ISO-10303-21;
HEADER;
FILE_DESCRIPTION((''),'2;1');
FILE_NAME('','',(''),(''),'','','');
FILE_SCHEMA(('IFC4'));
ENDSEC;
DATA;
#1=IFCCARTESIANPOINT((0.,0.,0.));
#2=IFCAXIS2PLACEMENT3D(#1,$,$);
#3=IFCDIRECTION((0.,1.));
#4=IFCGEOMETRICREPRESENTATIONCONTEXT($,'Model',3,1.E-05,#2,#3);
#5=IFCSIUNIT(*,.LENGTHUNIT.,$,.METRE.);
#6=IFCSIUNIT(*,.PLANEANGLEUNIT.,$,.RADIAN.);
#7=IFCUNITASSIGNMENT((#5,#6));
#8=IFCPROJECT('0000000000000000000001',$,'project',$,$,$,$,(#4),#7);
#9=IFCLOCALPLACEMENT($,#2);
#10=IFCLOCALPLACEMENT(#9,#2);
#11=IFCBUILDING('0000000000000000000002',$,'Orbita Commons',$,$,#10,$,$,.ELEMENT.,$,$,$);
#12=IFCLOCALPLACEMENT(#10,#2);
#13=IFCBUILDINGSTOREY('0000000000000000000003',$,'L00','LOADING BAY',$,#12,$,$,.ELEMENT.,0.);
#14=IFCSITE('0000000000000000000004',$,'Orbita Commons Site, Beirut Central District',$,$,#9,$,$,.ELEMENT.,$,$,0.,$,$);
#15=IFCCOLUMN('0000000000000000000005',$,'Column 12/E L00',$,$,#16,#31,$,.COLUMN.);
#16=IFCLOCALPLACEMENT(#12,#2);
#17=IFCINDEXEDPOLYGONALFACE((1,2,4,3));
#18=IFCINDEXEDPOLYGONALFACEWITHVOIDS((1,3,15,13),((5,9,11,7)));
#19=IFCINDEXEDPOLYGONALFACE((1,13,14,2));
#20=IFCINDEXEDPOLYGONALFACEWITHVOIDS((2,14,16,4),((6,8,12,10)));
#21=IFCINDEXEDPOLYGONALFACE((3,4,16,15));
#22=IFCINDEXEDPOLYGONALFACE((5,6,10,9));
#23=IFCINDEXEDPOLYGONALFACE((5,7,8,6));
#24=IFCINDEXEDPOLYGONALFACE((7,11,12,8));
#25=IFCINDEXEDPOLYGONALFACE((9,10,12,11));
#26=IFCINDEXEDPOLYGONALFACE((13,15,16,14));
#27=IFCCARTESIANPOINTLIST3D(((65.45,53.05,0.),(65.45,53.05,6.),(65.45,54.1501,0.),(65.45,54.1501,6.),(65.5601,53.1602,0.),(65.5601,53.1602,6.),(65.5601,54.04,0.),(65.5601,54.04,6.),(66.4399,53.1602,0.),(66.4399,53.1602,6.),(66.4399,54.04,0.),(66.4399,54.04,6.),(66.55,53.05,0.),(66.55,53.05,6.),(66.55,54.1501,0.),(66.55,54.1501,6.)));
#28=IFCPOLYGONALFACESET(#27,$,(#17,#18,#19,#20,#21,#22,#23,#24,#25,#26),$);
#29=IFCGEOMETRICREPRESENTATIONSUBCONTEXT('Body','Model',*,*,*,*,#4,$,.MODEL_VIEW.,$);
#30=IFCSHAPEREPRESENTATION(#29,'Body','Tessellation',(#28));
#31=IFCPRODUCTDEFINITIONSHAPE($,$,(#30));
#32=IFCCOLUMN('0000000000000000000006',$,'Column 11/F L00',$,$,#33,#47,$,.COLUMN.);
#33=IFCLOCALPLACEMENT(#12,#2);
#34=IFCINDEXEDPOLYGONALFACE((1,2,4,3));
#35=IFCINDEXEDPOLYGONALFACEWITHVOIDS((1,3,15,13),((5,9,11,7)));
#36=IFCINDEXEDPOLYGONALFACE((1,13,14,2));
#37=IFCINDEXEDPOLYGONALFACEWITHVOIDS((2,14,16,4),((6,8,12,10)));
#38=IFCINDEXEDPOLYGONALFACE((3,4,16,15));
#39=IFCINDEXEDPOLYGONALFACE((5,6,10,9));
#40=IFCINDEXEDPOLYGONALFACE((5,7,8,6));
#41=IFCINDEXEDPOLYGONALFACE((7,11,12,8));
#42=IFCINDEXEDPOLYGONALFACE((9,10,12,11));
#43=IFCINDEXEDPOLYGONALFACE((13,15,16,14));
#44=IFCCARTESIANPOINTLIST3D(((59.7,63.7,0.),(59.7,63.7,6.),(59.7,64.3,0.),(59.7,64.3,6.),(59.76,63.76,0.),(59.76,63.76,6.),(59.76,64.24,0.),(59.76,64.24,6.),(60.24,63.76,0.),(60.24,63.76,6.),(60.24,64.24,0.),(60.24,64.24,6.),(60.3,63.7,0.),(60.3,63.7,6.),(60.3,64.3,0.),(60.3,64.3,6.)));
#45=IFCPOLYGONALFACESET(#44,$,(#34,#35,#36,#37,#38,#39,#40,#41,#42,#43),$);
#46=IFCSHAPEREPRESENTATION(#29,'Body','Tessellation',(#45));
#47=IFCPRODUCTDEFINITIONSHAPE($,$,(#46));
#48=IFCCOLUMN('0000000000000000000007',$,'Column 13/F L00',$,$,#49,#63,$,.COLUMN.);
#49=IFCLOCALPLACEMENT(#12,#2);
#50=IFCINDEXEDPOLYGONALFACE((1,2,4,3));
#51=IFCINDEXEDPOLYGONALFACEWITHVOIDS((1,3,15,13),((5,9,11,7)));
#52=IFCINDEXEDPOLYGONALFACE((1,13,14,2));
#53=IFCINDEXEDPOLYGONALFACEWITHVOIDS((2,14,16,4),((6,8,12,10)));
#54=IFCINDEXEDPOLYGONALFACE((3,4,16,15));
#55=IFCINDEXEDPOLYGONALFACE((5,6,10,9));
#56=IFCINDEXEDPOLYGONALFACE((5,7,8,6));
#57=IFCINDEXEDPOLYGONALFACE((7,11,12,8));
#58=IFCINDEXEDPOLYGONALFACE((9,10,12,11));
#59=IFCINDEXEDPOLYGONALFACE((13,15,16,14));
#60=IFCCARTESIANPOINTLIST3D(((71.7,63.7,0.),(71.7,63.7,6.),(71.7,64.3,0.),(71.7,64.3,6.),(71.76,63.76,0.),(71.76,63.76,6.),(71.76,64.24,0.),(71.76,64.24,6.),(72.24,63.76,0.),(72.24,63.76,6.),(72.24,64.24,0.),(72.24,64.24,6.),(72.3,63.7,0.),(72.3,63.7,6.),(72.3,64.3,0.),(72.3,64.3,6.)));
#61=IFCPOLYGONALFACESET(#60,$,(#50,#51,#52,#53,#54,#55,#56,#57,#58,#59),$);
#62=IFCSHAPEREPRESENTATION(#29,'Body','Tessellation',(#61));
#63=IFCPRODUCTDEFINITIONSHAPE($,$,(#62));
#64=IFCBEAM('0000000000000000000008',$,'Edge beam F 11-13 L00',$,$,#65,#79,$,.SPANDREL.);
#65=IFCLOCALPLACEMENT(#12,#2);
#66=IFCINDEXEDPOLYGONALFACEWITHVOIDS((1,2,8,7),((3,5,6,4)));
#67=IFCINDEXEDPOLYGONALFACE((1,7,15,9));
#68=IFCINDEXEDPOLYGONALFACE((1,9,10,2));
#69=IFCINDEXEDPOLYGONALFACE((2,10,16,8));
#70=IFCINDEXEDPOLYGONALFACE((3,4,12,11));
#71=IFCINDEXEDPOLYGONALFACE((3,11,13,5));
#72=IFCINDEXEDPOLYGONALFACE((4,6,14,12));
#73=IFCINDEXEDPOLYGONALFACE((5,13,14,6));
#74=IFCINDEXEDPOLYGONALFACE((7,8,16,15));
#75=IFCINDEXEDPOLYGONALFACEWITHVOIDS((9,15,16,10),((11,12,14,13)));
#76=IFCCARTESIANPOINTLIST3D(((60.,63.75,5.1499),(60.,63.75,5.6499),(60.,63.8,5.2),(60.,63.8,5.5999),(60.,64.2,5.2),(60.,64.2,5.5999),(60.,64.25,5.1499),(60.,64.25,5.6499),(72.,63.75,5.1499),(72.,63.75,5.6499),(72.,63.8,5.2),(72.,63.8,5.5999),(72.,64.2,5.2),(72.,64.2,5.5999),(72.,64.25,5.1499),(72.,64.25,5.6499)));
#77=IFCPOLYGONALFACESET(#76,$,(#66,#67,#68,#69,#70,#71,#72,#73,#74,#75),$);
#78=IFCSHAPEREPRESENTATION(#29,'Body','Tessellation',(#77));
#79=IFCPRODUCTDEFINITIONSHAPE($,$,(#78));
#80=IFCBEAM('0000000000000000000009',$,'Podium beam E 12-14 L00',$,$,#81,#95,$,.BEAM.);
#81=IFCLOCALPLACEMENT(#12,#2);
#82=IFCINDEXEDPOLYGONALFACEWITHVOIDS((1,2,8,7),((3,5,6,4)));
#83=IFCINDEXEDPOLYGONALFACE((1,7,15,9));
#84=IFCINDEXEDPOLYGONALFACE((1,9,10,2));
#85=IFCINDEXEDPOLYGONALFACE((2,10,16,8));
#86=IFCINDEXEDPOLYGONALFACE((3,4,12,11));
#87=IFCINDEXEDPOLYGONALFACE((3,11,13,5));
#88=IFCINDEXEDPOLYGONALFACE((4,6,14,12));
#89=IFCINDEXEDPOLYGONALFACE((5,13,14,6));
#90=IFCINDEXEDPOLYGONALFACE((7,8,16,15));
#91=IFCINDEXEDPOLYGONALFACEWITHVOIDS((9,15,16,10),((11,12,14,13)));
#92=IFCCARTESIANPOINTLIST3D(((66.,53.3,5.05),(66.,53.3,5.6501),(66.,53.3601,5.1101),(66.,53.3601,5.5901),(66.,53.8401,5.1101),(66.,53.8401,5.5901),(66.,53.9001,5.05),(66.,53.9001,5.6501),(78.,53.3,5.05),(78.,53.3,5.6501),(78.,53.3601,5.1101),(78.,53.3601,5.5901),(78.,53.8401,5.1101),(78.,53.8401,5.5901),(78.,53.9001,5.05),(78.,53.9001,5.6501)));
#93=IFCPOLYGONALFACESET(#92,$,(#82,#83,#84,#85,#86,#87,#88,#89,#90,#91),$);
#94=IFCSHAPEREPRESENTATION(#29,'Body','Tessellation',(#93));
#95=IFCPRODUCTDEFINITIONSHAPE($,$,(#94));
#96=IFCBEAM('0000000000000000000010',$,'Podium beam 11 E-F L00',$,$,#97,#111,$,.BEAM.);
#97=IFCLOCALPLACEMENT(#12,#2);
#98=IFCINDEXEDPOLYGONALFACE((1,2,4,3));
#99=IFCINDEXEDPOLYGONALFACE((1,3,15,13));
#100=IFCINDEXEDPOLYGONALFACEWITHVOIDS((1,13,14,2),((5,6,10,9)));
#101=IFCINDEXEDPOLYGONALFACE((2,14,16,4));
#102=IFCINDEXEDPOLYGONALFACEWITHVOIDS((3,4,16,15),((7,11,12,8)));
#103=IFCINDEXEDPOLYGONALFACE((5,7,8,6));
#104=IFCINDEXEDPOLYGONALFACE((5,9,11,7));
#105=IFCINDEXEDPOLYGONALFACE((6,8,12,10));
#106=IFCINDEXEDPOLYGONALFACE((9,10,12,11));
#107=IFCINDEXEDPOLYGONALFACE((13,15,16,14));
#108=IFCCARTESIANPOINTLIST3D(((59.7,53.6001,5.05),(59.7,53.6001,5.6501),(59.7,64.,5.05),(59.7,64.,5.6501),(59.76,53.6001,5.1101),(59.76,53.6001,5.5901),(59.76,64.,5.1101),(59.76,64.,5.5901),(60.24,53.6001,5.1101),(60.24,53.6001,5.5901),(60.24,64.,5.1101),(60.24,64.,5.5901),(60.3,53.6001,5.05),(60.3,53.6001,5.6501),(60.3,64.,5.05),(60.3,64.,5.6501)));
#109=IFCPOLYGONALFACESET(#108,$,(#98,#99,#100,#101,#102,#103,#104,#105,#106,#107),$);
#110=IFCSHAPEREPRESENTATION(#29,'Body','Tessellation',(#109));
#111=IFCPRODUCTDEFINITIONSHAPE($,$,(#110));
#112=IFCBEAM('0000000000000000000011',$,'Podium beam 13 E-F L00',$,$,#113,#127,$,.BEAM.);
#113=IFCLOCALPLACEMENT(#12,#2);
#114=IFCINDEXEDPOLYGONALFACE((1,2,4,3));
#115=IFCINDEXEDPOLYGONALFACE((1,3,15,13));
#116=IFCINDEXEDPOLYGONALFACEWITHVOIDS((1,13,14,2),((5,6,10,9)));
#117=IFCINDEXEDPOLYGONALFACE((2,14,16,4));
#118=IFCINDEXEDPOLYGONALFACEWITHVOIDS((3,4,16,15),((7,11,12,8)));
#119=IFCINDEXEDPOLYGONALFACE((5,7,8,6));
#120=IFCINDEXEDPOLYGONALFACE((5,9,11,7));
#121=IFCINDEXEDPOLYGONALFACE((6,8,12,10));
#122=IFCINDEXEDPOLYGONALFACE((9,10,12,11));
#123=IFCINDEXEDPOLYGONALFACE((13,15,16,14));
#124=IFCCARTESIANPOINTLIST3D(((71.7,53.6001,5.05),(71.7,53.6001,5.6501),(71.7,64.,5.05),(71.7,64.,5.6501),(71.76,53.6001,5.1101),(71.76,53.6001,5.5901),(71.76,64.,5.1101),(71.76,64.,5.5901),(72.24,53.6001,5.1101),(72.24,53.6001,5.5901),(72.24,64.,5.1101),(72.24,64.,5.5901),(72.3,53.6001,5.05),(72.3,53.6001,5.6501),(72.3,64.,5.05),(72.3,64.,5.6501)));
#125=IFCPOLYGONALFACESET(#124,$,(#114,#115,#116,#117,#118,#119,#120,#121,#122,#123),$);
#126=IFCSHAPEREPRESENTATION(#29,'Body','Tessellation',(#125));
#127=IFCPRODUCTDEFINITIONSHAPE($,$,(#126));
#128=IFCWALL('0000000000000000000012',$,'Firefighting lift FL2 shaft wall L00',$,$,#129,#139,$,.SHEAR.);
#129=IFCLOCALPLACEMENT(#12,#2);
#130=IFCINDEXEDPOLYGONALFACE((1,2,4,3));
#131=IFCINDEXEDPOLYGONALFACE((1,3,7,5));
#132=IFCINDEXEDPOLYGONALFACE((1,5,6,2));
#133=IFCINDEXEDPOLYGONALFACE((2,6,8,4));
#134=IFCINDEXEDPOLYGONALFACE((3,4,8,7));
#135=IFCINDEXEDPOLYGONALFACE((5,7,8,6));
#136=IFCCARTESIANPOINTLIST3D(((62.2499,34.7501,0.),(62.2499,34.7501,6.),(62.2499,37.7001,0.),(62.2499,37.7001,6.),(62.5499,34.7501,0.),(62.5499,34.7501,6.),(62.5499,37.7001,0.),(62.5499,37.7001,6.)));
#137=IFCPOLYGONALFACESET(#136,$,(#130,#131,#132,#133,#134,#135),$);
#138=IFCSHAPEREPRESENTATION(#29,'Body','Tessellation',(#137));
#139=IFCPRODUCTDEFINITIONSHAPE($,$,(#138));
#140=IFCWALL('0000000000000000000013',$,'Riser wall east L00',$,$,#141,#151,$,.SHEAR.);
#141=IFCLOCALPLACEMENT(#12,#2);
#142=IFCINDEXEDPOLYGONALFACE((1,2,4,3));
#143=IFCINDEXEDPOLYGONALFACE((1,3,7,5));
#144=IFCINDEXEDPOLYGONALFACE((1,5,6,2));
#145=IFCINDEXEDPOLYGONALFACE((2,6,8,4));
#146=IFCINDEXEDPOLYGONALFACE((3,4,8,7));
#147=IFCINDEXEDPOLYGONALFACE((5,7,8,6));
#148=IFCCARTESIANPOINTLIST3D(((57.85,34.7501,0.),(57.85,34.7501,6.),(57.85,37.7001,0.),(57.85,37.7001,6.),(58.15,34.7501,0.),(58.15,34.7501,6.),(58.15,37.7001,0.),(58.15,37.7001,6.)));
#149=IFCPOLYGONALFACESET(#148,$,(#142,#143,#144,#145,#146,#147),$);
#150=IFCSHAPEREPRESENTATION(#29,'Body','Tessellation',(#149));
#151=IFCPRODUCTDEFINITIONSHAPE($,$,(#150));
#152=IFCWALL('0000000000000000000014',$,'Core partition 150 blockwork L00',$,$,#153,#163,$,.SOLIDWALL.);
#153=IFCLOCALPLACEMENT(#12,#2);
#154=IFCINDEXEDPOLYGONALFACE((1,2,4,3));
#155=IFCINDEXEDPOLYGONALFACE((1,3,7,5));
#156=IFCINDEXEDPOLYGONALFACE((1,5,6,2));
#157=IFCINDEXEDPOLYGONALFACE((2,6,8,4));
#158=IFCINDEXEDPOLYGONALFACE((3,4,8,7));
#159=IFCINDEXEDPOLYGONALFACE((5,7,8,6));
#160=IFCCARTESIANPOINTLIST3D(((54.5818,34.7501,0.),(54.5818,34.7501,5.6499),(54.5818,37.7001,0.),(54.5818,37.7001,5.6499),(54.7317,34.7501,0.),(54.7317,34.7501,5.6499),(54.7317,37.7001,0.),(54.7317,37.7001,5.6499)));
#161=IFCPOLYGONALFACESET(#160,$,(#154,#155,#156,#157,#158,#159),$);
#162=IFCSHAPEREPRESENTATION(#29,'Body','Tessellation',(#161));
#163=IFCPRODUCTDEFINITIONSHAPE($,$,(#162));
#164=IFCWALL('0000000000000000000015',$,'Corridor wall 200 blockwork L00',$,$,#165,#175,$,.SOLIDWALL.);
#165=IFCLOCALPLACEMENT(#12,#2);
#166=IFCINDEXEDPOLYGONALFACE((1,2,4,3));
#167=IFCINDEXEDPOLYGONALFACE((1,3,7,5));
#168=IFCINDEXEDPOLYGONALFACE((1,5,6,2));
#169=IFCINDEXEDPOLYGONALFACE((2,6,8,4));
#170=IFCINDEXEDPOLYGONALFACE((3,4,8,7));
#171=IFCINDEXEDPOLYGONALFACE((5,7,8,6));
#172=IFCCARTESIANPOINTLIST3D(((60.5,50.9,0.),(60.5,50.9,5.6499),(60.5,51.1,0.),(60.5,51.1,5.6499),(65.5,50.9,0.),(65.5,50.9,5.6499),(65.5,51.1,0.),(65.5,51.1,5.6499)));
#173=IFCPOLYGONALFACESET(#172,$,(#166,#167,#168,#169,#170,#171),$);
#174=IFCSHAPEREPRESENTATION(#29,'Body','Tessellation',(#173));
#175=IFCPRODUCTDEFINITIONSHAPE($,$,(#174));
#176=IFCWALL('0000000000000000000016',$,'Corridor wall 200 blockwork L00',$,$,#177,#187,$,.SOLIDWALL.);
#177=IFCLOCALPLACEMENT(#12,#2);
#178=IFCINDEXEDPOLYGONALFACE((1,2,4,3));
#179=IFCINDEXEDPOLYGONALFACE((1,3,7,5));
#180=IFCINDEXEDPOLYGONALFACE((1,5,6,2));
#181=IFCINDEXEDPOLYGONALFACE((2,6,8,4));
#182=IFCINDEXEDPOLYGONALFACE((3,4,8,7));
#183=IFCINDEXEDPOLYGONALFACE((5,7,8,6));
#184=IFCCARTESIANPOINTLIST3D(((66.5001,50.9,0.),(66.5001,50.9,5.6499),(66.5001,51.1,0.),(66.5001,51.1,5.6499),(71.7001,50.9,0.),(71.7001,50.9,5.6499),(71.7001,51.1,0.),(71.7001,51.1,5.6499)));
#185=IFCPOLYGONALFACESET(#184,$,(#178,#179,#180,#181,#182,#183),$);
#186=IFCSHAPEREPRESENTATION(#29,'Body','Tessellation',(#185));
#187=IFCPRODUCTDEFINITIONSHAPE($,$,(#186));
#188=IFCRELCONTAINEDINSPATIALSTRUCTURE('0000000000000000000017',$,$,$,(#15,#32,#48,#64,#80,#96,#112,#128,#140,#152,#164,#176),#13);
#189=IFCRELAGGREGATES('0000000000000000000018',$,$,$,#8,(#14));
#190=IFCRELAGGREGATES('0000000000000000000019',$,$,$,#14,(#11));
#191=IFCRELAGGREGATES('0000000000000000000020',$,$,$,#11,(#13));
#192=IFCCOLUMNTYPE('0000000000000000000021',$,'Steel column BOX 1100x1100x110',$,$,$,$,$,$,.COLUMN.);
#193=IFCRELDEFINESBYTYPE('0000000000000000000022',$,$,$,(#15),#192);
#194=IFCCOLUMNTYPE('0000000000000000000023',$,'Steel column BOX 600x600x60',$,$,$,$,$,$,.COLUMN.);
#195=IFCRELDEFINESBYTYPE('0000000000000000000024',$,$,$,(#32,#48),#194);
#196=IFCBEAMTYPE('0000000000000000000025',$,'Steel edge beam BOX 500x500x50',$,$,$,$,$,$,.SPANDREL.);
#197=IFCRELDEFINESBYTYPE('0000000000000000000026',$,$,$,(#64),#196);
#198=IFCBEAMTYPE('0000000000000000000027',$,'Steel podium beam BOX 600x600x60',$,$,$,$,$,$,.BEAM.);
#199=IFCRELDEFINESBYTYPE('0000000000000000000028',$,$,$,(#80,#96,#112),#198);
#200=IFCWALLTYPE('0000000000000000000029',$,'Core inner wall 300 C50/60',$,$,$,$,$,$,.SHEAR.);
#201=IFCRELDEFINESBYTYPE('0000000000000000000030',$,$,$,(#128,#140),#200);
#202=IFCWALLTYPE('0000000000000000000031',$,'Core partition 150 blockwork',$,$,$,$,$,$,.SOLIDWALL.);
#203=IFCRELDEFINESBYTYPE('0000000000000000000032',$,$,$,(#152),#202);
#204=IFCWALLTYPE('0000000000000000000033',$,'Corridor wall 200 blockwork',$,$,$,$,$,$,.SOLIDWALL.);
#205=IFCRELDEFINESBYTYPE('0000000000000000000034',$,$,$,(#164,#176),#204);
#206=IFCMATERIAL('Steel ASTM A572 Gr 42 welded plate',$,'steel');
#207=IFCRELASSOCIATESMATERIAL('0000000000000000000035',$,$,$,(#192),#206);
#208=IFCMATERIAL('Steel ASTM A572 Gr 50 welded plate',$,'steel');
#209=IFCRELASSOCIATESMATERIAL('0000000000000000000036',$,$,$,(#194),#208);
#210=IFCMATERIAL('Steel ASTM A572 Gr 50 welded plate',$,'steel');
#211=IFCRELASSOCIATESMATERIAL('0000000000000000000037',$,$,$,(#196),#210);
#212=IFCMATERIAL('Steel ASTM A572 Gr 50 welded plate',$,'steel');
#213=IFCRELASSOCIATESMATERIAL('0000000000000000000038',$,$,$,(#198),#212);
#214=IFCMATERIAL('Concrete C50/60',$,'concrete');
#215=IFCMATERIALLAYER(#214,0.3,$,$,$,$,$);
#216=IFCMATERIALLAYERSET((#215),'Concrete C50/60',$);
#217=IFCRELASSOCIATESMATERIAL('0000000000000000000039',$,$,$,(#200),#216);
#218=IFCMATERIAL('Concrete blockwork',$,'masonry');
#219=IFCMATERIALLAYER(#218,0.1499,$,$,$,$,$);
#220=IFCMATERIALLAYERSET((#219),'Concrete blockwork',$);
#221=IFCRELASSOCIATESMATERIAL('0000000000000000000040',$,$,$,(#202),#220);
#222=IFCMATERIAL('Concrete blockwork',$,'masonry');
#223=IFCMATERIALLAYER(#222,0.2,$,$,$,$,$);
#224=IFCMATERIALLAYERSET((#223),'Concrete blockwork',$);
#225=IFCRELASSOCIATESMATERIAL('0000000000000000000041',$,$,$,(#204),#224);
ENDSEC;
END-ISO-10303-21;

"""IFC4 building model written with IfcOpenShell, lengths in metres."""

from ifc_helpers import new_model, si_unit, direction, frame, frame_2d, origin, origin_2d, place, context, subcontext, project, spatial, rectangle, hollow_rectangle, extrude, material, layer, layer_set, material_profile, profile_set, type_object, element, save


model = new_model("IFC4")

# Units and contexts
model_context = context("Model", 3, precision=1e-05, world=origin(), true_north=direction((0.0, 1.0)))
body_context = subcontext(model_context, "Body", "Model", "MODEL_VIEW")
ifc_project = project(units=[si_unit("LENGTHUNIT", "METRE"), si_unit("PLANEANGLEUNIT", "RADIAN")], contexts=[model_context])

# Site, building, storey
site_placement = place(None, origin())
site = spatial("IfcSite", under=ifc_project, at=site_placement, Name="Orbita Commons Site, Beirut Central District", CompositionType="ELEMENT", RefElevation=0.0)
building_placement = place(site_placement, origin())
building = spatial("IfcBuilding", under=site, at=building_placement, Name="Orbita Commons", CompositionType="ELEMENT")
storey_placement = place(building_placement, origin())
storey = spatial("IfcBuildingStorey", under=building, at=storey_placement, Name="L00", Description="LOADING BAY", CompositionType="ELEMENT", Elevation=0.0)

# Columns
ifc_material_1 = material(Name="Steel ASTM A572 Gr 42 welded plate", Category="steel")
ifc_material_profile_1 = material_profile(ifc_material_1, hollow_rectangle(XDim=1.1001, YDim=1.1001, WallThickness=0.1101, at=origin_2d()), Name="BOX 1100x1100x110")
ifc_profile_set_1 = profile_set([ifc_material_profile_1], Name="Steel ASTM A572 Gr 42 welded plate")
column_type_1 = type_object("IfcColumnType", Name="Steel column BOX 1100x1100x110", PredefinedType="COLUMN", material=ifc_profile_set_1)
column_placement = place(storey_placement, frame((66.0, 53.6001, 0.0), z_axis=(0.0, 0.0, 1.0), x_axis=(1.0, 0.0, 0.0)))
element("IfcColumn", 1, at=column_placement, inside=storey, type_object=column_type_1, Name="Column 12/E L00", PredefinedType="COLUMN", context=body_context, shape_type="SweptSolid", body=[
    extrude(hollow_rectangle(XDim=1.1001, YDim=1.1001, WallThickness=0.1101, at=origin_2d()), origin(), (0.0, 0.0, 1.0), 6.0),
])
ifc_material_2 = material(Name="Steel ASTM A572 Gr 50 welded plate", Category="steel")
ifc_material_profile_2 = material_profile(ifc_material_2, hollow_rectangle(XDim=0.6001, YDim=0.6001, WallThickness=0.0601, at=origin_2d()), Name="BOX 600x600x60")
ifc_profile_set_2 = profile_set([ifc_material_profile_2], Name="Steel ASTM A572 Gr 50 welded plate")
column_type_2 = type_object("IfcColumnType", Name="Steel column BOX 600x600x60", PredefinedType="COLUMN", material=ifc_profile_set_2)
for number, where, z_axis, x_axis, name in (
    (2, (60.0, 64.0, 0.0), (0.0, 0.0, 1.0), (1.0, 0.0, 0.0), "Column 11/F L00"),
    (3, (72.0, 64.0, 0.0), (0.0, 0.0, 1.0), (1.0, 0.0, 0.0), "Column 13/F L00"),
):
    element("IfcColumn", number, at=place(storey_placement, frame(where, z_axis=z_axis, x_axis=x_axis)), inside=storey, type_object=column_type_2, Name=name, PredefinedType="COLUMN", context=body_context, shape_type="SweptSolid", body=[
        extrude(hollow_rectangle(XDim=0.6001, YDim=0.6001, WallThickness=0.0601, at=origin_2d()), origin(), (0.0, 0.0, 1.0), 6.0),
    ])

# Beams
ifc_material_3 = material(Name="Steel ASTM A572 Gr 50 welded plate", Category="steel")
ifc_material_profile_3 = material_profile(ifc_material_3, hollow_rectangle(XDim=0.5, YDim=0.5, WallThickness=0.05, at=origin_2d()), Name="BOX 500x500x50")
ifc_profile_set_3 = profile_set([ifc_material_profile_3], Name="Steel ASTM A572 Gr 50 welded plate")
beam_type_1 = type_object("IfcBeamType", Name="Steel edge beam BOX 500x500x50", PredefinedType="SPANDREL", material=ifc_profile_set_3)
beam_1_placement = place(storey_placement, frame((60.0, 64.0, 5.3999), z_axis=(1.0, 0.0, 0.0), x_axis=(0.0, 1.0, 0.0)))
element("IfcBeam", 4, at=beam_1_placement, inside=storey, type_object=beam_type_1, Name="Edge beam F 11-13 L00", PredefinedType="SPANDREL", context=body_context, shape_type="SweptSolid", body=[
    extrude(hollow_rectangle(XDim=0.5, YDim=0.5, WallThickness=0.05, at=origin_2d()), origin(), (0.0, 0.0, 1.0), 12.0),
])
ifc_material_4 = material(Name="Steel ASTM A572 Gr 50 welded plate", Category="steel")
ifc_material_profile_4 = material_profile(ifc_material_4, hollow_rectangle(XDim=0.6001, YDim=0.6001, WallThickness=0.0601, at=origin_2d()), Name="BOX 600x600x60")
ifc_profile_set_4 = profile_set([ifc_material_profile_4], Name="Steel ASTM A572 Gr 50 welded plate")
beam_type_2 = type_object("IfcBeamType", Name="Steel podium beam BOX 600x600x60", PredefinedType="BEAM", material=ifc_profile_set_4)
beam_2_placement = place(storey_placement, frame((66.0, 53.6001, 5.3501), z_axis=(1.0, 0.0, 0.0), x_axis=(0.0, 1.0, 0.0)))
element("IfcBeam", 5, at=beam_2_placement, inside=storey, type_object=beam_type_2, Name="Podium beam E 12-14 L00", PredefinedType="BEAM", context=body_context, shape_type="SweptSolid", body=[
    extrude(hollow_rectangle(XDim=0.6001, YDim=0.6001, WallThickness=0.0601, at=origin_2d()), origin(), (0.0, 0.0, 1.0), 12.0),
])
for number, where, z_axis, x_axis, name in (
    (6, (60.0, 53.6001, 5.3501), (0.0, 1.0, 0.0), (-1.0, 0.0, 0.0), "Podium beam 11 E-F L00"),
    (7, (72.0, 53.6001, 5.3501), (0.0, 1.0, 0.0), (-1.0, 0.0, 0.0), "Podium beam 13 E-F L00"),
):
    element("IfcBeam", number, at=place(storey_placement, frame(where, z_axis=z_axis, x_axis=x_axis)), inside=storey, type_object=beam_type_2, Name=name, PredefinedType="BEAM", context=body_context, shape_type="SweptSolid", body=[
        extrude(hollow_rectangle(XDim=0.6001, YDim=0.6001, WallThickness=0.0601, at=origin_2d()), origin(), (0.0, 0.0, 1.0), 10.3999),
    ])

# Walls
ifc_material_5 = material(Name="Concrete C50/60", Category="concrete")
ifc_layer_1 = layer(ifc_material_5, 0.3)
ifc_layer_set_1 = layer_set([ifc_layer_1], Name="Concrete C50/60")
wall_type_1 = type_object("IfcWallType", Name="Core inner wall 300 C50/60", PredefinedType="SHEAR", material=ifc_layer_set_1)
for number, where, z_axis, x_axis, name in (
    (8, (62.3999, 34.75, 0.0), (0.0, 0.0, 1.0), (0.0, 1.0, 0.0), "Firefighting lift FL2 shaft wall L00"),
    (9, (58.0, 34.75, 0.0), (0.0, 0.0, 1.0), (0.0, 1.0, 0.0), "Riser wall east L00"),
):
    element("IfcWall", number, at=place(storey_placement, frame(where, z_axis=z_axis, x_axis=x_axis)), inside=storey, type_object=wall_type_1, Name=name, PredefinedType="SHEAR", context=body_context, shape_type="SweptSolid", body=[
        extrude(rectangle(XDim=2.95, YDim=0.3, at=frame_2d((1.4751, 0.0))), origin(), (0.0, 0.0, 1.0), 6.0),
    ])
ifc_material_6 = material(Name="Concrete blockwork", Category="masonry")
ifc_layer_2 = layer(ifc_material_6, 0.1499)
ifc_layer_set_2 = layer_set([ifc_layer_2], Name="Concrete blockwork")
wall_type_2 = type_object("IfcWallType", Name="Core partition 150 blockwork", PredefinedType="SOLIDWALL", material=ifc_layer_set_2)
wall_1_placement = place(storey_placement, frame((54.6567, 34.75, 0.0), z_axis=(0.0, 0.0, 1.0), x_axis=(0.0, 1.0, 0.0)))
element("IfcWall", 10, at=wall_1_placement, inside=storey, type_object=wall_type_2, Name="Core partition 150 blockwork L00", PredefinedType="SOLIDWALL", context=body_context, shape_type="SweptSolid", body=[
    extrude(rectangle(XDim=2.95, YDim=0.1499, at=frame_2d((1.4751, 0.0))), origin(), (0.0, 0.0, 1.0), 5.6499),
])
ifc_material_7 = material(Name="Concrete blockwork", Category="masonry")
ifc_layer_3 = layer(ifc_material_7, 0.2)
ifc_layer_set_3 = layer_set([ifc_layer_3], Name="Concrete blockwork")
wall_type_3 = type_object("IfcWallType", Name="Corridor wall 200 blockwork", PredefinedType="SOLIDWALL", material=ifc_layer_set_3)
wall_2_placement = place(storey_placement, frame((60.5, 51.0, 0.0), z_axis=(0.0, 0.0, 1.0), x_axis=(1.0, 0.0, 0.0)))
element("IfcWall", 11, at=wall_2_placement, inside=storey, type_object=wall_type_3, Name="Corridor wall 200 blockwork L00", PredefinedType="SOLIDWALL", context=body_context, shape_type="SweptSolid", body=[
    extrude(rectangle(XDim=5.0, YDim=0.2, at=frame_2d((2.5, 0.0))), origin(), (0.0, 0.0, 1.0), 5.6499),
])
wall_3_placement = place(storey_placement, frame((66.5, 51.0, 0.0), z_axis=(0.0, 0.0, 1.0), x_axis=(1.0, 0.0, 0.0)))
element("IfcWall", 12, at=wall_3_placement, inside=storey, type_object=wall_type_3, Name="Corridor wall 200 blockwork L00", PredefinedType="SOLIDWALL", context=body_context, shape_type="SweptSolid", body=[
    extrude(rectangle(XDim=5.2, YDim=0.2, at=frame_2d((2.6001, 0.0))), origin(), (0.0, 0.0, 1.0), 5.6499),
])

save(model, "model.ifc")
